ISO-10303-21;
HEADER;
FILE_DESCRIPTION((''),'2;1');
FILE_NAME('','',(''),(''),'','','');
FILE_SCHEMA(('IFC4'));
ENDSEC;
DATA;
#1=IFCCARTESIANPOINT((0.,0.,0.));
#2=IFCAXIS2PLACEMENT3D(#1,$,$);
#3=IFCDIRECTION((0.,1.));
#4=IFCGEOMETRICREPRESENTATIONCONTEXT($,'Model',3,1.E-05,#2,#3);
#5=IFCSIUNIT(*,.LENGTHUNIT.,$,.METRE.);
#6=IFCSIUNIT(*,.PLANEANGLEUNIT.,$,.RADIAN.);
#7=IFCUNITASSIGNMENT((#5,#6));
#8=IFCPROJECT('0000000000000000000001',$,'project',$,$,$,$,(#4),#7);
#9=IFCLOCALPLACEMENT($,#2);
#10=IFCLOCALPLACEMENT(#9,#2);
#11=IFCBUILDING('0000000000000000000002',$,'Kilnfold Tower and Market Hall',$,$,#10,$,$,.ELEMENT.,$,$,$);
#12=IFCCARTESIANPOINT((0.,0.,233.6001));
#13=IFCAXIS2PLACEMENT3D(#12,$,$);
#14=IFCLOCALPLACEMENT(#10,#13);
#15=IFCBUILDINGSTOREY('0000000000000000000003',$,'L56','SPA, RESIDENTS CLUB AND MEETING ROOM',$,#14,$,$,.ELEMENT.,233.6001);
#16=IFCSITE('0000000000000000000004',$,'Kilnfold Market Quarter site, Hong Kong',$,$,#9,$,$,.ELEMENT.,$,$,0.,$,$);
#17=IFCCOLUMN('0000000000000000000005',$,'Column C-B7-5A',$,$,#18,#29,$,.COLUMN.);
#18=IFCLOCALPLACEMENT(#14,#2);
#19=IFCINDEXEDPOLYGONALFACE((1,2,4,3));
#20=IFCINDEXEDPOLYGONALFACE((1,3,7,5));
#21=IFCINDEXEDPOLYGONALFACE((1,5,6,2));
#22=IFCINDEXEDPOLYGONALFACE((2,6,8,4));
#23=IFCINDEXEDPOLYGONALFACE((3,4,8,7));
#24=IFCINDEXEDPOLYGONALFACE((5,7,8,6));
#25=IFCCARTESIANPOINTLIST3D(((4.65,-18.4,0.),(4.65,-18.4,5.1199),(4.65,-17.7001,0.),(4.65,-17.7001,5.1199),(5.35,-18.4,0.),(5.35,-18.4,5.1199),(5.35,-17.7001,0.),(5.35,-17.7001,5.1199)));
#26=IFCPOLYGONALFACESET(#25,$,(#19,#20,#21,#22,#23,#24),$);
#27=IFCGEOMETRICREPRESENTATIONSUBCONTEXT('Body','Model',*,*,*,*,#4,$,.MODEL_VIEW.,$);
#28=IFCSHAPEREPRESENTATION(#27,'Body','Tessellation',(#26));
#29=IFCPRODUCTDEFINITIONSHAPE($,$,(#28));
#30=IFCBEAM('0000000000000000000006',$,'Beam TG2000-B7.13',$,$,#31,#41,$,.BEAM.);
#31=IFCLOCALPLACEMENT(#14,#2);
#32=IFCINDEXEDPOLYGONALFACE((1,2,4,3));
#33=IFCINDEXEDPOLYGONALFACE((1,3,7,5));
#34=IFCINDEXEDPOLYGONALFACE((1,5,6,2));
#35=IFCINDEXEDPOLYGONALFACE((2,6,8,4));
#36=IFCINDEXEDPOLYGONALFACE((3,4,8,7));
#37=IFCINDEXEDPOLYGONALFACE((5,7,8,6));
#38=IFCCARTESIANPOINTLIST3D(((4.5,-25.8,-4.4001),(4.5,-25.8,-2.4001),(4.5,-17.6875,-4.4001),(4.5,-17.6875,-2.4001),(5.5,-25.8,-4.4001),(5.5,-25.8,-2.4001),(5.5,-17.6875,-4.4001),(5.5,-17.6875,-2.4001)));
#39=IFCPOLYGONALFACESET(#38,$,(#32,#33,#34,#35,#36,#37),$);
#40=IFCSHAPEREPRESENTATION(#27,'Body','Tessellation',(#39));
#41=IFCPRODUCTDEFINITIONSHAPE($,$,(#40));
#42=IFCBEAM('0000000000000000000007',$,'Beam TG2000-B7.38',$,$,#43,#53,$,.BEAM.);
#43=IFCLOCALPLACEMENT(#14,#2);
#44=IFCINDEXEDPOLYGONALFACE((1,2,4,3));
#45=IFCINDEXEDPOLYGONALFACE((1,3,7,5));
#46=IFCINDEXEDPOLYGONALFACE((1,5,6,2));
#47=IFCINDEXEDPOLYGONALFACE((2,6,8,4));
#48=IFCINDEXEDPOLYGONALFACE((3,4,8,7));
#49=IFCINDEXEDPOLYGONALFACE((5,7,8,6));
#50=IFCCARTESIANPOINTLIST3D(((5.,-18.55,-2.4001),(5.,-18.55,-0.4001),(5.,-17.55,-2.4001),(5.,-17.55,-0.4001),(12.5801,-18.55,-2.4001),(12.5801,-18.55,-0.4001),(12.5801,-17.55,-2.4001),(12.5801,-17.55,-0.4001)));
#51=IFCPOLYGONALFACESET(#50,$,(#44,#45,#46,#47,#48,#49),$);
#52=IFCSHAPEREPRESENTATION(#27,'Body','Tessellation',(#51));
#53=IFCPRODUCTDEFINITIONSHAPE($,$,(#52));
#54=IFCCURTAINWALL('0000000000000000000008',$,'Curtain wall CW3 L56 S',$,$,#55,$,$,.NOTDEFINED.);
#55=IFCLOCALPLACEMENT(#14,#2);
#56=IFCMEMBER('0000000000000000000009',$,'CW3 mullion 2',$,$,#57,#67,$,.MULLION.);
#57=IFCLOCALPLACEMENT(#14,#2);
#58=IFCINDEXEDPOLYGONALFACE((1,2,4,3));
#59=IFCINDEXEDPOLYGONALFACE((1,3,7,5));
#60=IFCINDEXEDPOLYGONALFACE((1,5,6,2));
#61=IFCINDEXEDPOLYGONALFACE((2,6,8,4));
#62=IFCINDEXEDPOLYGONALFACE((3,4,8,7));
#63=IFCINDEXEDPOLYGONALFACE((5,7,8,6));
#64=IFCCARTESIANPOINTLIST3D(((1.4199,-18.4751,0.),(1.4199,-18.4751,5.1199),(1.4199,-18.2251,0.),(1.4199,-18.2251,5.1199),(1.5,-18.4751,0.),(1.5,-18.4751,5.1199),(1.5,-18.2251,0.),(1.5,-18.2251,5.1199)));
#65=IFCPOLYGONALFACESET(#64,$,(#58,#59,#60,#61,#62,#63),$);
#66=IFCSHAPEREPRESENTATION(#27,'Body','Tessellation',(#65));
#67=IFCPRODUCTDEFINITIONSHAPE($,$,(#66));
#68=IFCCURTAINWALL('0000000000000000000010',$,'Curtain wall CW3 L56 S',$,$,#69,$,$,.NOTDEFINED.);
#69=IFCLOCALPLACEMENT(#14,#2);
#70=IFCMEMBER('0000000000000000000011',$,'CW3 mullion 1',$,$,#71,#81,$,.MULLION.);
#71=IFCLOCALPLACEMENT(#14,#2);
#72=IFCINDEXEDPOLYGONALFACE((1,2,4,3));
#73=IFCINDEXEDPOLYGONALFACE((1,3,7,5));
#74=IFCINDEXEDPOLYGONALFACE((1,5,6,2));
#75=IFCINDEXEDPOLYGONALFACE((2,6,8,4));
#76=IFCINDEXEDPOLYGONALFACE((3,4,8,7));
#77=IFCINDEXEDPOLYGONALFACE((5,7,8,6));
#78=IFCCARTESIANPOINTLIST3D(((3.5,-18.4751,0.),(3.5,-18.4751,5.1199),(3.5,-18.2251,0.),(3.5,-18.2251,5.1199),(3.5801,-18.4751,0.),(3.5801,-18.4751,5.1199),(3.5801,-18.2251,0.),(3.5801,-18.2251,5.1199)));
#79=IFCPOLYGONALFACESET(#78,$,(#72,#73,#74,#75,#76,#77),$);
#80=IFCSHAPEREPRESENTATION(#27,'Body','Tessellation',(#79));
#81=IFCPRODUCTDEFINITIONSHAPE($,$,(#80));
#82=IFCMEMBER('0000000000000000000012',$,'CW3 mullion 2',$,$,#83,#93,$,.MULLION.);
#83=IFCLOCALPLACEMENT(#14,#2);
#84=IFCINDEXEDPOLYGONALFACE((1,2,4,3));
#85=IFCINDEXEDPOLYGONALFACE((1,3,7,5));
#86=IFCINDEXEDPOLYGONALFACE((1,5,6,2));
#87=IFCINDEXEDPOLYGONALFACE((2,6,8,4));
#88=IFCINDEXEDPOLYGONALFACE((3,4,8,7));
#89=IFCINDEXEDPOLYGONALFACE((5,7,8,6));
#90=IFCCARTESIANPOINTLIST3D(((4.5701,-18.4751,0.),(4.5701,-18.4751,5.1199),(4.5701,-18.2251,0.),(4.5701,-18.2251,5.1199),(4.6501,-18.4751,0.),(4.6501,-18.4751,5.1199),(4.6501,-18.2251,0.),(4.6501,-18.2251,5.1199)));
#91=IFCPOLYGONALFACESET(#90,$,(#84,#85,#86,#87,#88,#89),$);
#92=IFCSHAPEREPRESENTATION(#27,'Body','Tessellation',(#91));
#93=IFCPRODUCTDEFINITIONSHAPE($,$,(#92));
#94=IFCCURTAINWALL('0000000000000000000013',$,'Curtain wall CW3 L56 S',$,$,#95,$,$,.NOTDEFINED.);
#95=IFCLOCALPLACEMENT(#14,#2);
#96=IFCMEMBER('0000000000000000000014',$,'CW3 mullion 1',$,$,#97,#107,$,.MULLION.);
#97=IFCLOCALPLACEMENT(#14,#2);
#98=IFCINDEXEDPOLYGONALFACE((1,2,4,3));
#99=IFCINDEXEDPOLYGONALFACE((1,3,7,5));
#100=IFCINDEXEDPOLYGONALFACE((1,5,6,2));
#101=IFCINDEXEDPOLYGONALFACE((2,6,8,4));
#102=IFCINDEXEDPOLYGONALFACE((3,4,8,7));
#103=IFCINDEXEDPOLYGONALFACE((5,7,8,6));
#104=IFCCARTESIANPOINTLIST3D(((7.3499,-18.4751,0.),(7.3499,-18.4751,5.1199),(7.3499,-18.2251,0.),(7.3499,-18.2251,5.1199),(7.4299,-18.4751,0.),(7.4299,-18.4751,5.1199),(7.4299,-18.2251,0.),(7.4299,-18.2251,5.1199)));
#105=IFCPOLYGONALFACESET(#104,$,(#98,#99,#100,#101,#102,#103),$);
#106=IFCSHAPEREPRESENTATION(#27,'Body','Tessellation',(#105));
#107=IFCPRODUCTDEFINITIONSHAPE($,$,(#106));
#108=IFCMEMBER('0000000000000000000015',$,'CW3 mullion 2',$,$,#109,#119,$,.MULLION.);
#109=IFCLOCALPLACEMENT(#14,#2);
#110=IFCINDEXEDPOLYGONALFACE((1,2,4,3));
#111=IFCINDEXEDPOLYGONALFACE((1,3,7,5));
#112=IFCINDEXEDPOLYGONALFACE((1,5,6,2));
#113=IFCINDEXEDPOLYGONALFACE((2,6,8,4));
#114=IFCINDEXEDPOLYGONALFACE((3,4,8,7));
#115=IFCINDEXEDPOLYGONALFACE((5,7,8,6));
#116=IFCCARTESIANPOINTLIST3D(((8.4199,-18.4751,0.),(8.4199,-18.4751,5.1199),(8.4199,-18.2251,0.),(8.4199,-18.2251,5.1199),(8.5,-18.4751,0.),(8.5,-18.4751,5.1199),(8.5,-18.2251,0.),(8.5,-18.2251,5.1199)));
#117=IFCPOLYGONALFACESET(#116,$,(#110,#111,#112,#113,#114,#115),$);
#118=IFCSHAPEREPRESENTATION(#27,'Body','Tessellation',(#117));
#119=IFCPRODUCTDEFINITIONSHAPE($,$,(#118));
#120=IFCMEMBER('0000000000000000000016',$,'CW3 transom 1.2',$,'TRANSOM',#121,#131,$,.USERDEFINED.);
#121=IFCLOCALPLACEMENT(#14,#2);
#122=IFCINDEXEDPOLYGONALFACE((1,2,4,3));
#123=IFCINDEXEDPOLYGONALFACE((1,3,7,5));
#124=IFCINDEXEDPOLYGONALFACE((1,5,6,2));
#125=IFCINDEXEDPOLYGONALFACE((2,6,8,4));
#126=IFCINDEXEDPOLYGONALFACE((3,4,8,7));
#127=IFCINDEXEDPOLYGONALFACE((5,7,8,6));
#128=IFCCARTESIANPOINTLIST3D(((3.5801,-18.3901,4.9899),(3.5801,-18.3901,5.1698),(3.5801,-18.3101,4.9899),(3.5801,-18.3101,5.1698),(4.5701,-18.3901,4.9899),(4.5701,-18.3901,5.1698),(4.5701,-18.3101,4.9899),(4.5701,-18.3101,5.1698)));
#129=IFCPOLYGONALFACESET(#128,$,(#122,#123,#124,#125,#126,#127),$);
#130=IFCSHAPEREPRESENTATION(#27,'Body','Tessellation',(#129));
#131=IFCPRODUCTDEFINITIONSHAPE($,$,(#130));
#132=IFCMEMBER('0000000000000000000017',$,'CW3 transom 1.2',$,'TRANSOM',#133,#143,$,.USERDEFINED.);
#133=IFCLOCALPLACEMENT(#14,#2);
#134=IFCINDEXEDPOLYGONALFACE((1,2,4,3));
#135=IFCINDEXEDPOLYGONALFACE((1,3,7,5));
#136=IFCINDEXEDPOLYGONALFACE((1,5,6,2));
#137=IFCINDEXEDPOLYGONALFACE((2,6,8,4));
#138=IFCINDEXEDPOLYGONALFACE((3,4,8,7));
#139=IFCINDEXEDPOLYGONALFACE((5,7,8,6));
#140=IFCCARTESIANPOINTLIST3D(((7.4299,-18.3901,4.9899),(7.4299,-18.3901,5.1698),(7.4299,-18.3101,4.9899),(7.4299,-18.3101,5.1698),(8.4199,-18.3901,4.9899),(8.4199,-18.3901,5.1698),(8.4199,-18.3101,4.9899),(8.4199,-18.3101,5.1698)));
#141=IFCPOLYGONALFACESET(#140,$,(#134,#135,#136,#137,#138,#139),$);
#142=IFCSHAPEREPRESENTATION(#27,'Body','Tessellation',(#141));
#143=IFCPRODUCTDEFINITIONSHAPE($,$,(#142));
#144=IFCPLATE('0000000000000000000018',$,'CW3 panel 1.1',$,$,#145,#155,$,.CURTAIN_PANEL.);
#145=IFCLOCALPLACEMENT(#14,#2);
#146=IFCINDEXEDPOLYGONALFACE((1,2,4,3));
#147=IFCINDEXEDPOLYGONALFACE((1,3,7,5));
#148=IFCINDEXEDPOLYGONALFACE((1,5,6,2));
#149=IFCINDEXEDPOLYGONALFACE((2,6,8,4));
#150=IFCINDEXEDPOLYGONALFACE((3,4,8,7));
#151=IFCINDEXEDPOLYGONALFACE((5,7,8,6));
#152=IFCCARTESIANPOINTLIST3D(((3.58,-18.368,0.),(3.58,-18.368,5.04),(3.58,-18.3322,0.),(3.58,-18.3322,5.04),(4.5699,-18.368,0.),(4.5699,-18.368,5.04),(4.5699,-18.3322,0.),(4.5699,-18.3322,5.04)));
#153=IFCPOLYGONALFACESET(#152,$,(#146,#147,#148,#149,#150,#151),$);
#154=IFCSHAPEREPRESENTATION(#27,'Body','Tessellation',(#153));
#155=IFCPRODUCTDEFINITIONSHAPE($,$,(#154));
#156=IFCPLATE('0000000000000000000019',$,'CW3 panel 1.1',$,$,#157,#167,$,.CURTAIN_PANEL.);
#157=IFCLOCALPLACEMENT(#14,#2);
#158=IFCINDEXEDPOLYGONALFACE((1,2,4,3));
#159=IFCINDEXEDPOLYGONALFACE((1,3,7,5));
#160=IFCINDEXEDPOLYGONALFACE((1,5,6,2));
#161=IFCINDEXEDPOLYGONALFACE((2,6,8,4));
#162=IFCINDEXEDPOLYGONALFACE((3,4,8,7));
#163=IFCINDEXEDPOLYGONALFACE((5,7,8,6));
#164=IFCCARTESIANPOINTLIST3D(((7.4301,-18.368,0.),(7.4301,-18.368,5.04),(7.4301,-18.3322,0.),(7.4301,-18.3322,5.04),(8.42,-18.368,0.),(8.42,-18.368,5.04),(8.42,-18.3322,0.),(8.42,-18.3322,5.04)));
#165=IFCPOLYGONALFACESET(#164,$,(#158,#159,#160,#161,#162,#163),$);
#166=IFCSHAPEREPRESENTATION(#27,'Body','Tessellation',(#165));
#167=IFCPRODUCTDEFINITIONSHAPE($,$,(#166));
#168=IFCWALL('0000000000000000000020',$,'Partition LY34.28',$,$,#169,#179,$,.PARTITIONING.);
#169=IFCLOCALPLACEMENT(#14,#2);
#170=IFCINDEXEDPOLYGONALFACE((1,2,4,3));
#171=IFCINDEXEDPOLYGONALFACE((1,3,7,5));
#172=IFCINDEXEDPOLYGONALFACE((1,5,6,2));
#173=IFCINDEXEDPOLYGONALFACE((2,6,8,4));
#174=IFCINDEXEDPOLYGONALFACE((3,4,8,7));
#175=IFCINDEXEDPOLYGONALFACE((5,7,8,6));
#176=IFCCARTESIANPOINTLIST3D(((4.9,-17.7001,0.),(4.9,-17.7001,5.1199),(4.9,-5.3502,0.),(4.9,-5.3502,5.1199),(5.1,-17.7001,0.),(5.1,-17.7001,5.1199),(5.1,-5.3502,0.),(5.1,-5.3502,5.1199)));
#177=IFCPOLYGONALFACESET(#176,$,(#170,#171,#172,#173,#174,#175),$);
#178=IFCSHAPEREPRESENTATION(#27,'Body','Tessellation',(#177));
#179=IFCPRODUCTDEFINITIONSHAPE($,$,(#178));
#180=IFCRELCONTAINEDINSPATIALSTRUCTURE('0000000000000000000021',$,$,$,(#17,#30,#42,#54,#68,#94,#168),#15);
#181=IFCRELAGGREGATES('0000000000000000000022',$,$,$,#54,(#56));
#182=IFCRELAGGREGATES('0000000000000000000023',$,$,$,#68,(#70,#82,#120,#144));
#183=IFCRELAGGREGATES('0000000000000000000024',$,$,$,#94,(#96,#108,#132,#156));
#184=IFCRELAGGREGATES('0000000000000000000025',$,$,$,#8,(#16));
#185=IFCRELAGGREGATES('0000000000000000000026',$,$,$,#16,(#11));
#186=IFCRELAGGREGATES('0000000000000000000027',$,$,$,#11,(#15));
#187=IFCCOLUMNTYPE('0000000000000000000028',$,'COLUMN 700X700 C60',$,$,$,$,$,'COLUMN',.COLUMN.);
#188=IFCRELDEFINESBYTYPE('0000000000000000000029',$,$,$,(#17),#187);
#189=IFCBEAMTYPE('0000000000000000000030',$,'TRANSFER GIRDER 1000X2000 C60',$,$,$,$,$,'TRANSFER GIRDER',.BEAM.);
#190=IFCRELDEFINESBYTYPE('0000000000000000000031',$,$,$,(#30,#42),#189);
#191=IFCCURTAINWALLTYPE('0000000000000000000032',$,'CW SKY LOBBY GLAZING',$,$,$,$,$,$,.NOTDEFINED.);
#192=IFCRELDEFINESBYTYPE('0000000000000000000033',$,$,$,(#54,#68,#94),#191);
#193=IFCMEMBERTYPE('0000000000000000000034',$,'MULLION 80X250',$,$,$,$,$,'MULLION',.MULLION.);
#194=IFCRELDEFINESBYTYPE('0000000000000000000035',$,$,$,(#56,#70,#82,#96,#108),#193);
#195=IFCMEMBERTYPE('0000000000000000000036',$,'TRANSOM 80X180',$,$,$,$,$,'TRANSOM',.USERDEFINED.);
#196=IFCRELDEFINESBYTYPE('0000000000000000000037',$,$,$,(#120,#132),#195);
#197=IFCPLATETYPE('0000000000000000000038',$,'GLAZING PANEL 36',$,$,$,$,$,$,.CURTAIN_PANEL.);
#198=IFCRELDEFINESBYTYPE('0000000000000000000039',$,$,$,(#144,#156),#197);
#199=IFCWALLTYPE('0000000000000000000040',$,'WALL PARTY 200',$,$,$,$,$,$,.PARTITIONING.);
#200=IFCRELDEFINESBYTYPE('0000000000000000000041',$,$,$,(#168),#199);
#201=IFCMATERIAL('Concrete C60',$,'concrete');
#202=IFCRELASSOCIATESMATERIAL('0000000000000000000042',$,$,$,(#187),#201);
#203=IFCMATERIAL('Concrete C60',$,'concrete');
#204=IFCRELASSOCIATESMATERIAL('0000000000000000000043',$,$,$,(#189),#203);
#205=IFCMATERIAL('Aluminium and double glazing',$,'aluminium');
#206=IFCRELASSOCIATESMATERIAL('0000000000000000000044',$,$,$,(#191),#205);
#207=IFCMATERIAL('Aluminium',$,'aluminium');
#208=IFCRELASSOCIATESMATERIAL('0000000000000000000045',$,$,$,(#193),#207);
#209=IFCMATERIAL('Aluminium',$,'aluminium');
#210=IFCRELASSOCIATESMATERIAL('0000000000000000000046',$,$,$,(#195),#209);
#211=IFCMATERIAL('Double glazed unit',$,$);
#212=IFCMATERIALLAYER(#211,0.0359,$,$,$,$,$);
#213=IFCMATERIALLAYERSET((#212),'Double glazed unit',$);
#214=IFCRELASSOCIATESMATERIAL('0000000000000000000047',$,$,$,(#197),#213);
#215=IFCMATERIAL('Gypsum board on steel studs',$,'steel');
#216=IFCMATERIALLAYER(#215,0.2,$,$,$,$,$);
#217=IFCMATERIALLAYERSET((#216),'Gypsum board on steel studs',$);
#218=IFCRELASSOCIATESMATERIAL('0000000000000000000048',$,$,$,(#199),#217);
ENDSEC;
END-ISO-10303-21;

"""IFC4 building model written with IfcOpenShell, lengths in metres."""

from ifc_helpers import new_model, si_unit, direction, frame, frame_2d, origin, origin_2d, place, context, subcontext, project, spatial, rectangle, extrude, source, transform, mapped, material, layer, layer_set, material_profile, profile_set, type_object, element, aggregate, save


model = new_model("IFC4")

# Units and contexts
model_context = context("Model", 3, precision=1e-05, world=origin(), true_north=direction((0.0, 1.0)))
body_context = subcontext(model_context, "Body", "Model", "MODEL_VIEW")
ifc_project = project(units=[si_unit("LENGTHUNIT", "METRE"), si_unit("PLANEANGLEUNIT", "RADIAN")], contexts=[model_context])

# Site, building, storey
site_placement = place(None, origin())
site = spatial("IfcSite", under=ifc_project, at=site_placement, Name="Kilnfold Market Quarter site, Hong Kong", CompositionType="ELEMENT", RefElevation=0.0)
building_placement = place(site_placement, origin())
building = spatial("IfcBuilding", under=site, at=building_placement, Name="Kilnfold Tower and Market Hall", CompositionType="ELEMENT")
storey_placement = place(building_placement, frame((0.0, 0.0, 233.6001)))
storey = spatial("IfcBuildingStorey", under=building, at=storey_placement, Name="L56", Description="SPA, RESIDENTS CLUB AND MEETING ROOM", CompositionType="ELEMENT", Elevation=233.6001)

# Column
ifc_material_1 = material(Name="Concrete C60", Category="concrete")
ifc_material_profile_1 = material_profile(ifc_material_1, rectangle(XDim=0.7, YDim=0.7, at=origin_2d()), Name="RC 700x700")
ifc_profile_set_1 = profile_set([ifc_material_profile_1], Name="Concrete C60")
column_type = type_object("IfcColumnType", Name="COLUMN 700X700 C60", ElementType="COLUMN", PredefinedType="COLUMN", material=ifc_profile_set_1)
shared_shape_1 = source(origin(), body_context, "Body", "SweptSolid", [
    extrude(rectangle(XDim=0.7, YDim=0.7, at=origin_2d()), origin(), (0.0, 0.0, 1.0), 5.1199),
])
column_placement = place(storey_placement, frame((5.0, -18.05, 0.0), z_axis=(0.0, 0.0, 1.0), x_axis=(1.0, 0.0, 0.0)))
element("IfcColumn", 1, at=column_placement, inside=storey, type_object=column_type, Name="Column C-B7-5A", PredefinedType="COLUMN", context=body_context, shape_type="MappedRepresentation", body=[
    mapped(shared_shape_1, transform((0.0, 0.0, 0.0))),
])

# Beams
ifc_material_2 = material(Name="Concrete C60", Category="concrete")
ifc_material_profile_2 = material_profile(ifc_material_2, rectangle(XDim=1.0, YDim=2.0, at=origin_2d()), Name="RC 1000x2000")
ifc_profile_set_2 = profile_set([ifc_material_profile_2], Name="Concrete C60")
beam_type = type_object("IfcBeamType", Name="TRANSFER GIRDER 1000X2000 C60", ElementType="TRANSFER GIRDER", PredefinedType="BEAM", material=ifc_profile_set_2)
shared_shape_2 = source(origin(), body_context, "Body", "SweptSolid", [
    extrude(rectangle(XDim=1.0, YDim=2.0, at=origin_2d()), origin(), (0.0, 0.0, 1.0), 8.1125),
])
beam_1_placement = place(storey_placement, frame((5.0, -25.8, -3.4001), z_axis=(0.0, 1.0, 0.0), x_axis=(-1.0, 0.0, 0.0)))
element("IfcBeam", 2, at=beam_1_placement, inside=storey, type_object=beam_type, Name="Beam TG2000-B7.13", PredefinedType="BEAM", context=body_context, shape_type="MappedRepresentation", body=[
    mapped(shared_shape_2, transform((0.0, 0.0, 0.0))),
])
shared_shape_3 = source(origin(), body_context, "Body", "SweptSolid", [
    extrude(rectangle(XDim=1.0, YDim=2.0, at=origin_2d()), origin(), (0.0, 0.0, 1.0), 7.5801),
])
beam_2_placement = place(storey_placement, frame((5.0, -18.05, -1.4001), z_axis=(1.0, 0.0, 0.0), x_axis=(0.0, 1.0, 0.0)))
element("IfcBeam", 3, at=beam_2_placement, inside=storey, type_object=beam_type, Name="Beam TG2000-B7.38", PredefinedType="BEAM", context=body_context, shape_type="MappedRepresentation", body=[
    mapped(shared_shape_3, transform((0.0, 0.0, 0.0))),
])

# Curtain wall, member
ifc_material_3 = material(Name="Aluminium and double glazing", Category="aluminium")
curtain_wall_type = type_object("IfcCurtainWallType", Name="CW SKY LOBBY GLAZING", PredefinedType="NOTDEFINED", material=ifc_material_3)
curtain_wall_1_placement = place(storey_placement, origin())
curtain_wall_1 = element("IfcCurtainWall", 4, at=curtain_wall_1_placement, inside=storey, type_object=curtain_wall_type, Name="Curtain wall CW3 L56 S", PredefinedType="NOTDEFINED")
ifc_material_4 = material(Name="Aluminium", Category="aluminium")
ifc_material_profile_3 = material_profile(ifc_material_4, rectangle(XDim=0.0801, YDim=0.25, at=origin_2d()), Name="MULLION 80x250")
ifc_profile_set_3 = profile_set([ifc_material_profile_3], Name="Aluminium")
member_type_1 = type_object("IfcMemberType", Name="MULLION 80X250", ElementType="MULLION", PredefinedType="MULLION", material=ifc_profile_set_3)
shared_shape_4 = source(origin(), body_context, "Body", "SweptSolid", [
    extrude(rectangle(XDim=0.0801, YDim=0.25, at=origin_2d()), origin(), (0.0, 0.0, 1.0), 5.1199),
])
member_1_placement = place(storey_placement, frame((1.46, -18.3501, 0.0), z_axis=(0.0, 0.0, 1.0), x_axis=(1.0, 0.0, 0.0)))
member_1 = element("IfcMember", 5, at=member_1_placement, type_object=member_type_1, Name="CW3 mullion 2", PredefinedType="MULLION", context=body_context, shape_type="MappedRepresentation", body=[
    mapped(shared_shape_4, transform((0.0, 0.0, 0.0))),
])
aggregate(curtain_wall_1, [member_1])

# Curtain walls, members
curtain_wall_2_placement = place(storey_placement, origin())
curtain_wall_2 = element("IfcCurtainWall", 6, at=curtain_wall_2_placement, inside=storey, type_object=curtain_wall_type, Name="Curtain wall CW3 L56 S", PredefinedType="NOTDEFINED")
member_2_placement = place(storey_placement, frame((3.54, -18.3501, 0.0), z_axis=(0.0, 0.0, 1.0), x_axis=(1.0, 0.0, 0.0)))
member_2 = element("IfcMember", 7, at=member_2_placement, type_object=member_type_1, Name="CW3 mullion 1", PredefinedType="MULLION", context=body_context, shape_type="MappedRepresentation", body=[
    mapped(shared_shape_4, transform((0.0, 0.0, 0.0))),
])
member_3_placement = place(storey_placement, frame((4.6101, -18.3501, 0.0), z_axis=(0.0, 0.0, 1.0), x_axis=(1.0, 0.0, 0.0)))
member_3 = element("IfcMember", 8, at=member_3_placement, type_object=member_type_1, Name="CW3 mullion 2", PredefinedType="MULLION", context=body_context, shape_type="MappedRepresentation", body=[
    mapped(shared_shape_4, transform((0.0, 0.0, 0.0))),
])
curtain_wall_3_placement = place(storey_placement, origin())
curtain_wall_3 = element("IfcCurtainWall", 9, at=curtain_wall_3_placement, inside=storey, type_object=curtain_wall_type, Name="Curtain wall CW3 L56 S", PredefinedType="NOTDEFINED")
member_4_placement = place(storey_placement, frame((7.3899, -18.3501, 0.0), z_axis=(0.0, 0.0, 1.0), x_axis=(1.0, 0.0, 0.0)))
member_4 = element("IfcMember", 10, at=member_4_placement, type_object=member_type_1, Name="CW3 mullion 1", PredefinedType="MULLION", context=body_context, shape_type="MappedRepresentation", body=[
    mapped(shared_shape_4, transform((0.0, 0.0, 0.0))),
])
member_5_placement = place(storey_placement, frame((8.46, -18.3501, 0.0), z_axis=(0.0, 0.0, 1.0), x_axis=(1.0, 0.0, 0.0)))
member_5 = element("IfcMember", 11, at=member_5_placement, type_object=member_type_1, Name="CW3 mullion 2", PredefinedType="MULLION", context=body_context, shape_type="MappedRepresentation", body=[
    mapped(shared_shape_4, transform((0.0, 0.0, 0.0))),
])

# Members
ifc_material_5 = material(Name="Aluminium", Category="aluminium")
ifc_material_profile_4 = material_profile(ifc_material_5, rectangle(XDim=0.0801, YDim=0.1799, at=origin_2d()), Name="TRANSOM 80x180")
ifc_profile_set_4 = profile_set([ifc_material_profile_4], Name="Aluminium")
member_type_2 = type_object("IfcMemberType", Name="TRANSOM 80X180", ElementType="TRANSOM", PredefinedType="USERDEFINED", material=ifc_profile_set_4)
shared_shape_5 = source(origin(), body_context, "Body", "SweptSolid", [
    extrude(rectangle(XDim=0.0801, YDim=0.1799, at=origin_2d()), origin(), (0.0, 0.0, 1.0), 0.99),
])
member_6_placement = place(storey_placement, frame((3.5801, -18.3501, 5.0798), z_axis=(1.0, 0.0, 0.0), x_axis=(0.0, 1.0, 0.0)))
member_6 = element("IfcMember", 12, at=member_6_placement, type_object=member_type_2, Name="CW3 transom 1.2", ObjectType="TRANSOM", PredefinedType="USERDEFINED", context=body_context, shape_type="MappedRepresentation", body=[
    mapped(shared_shape_5, transform((0.0, 0.0, 0.0))),
])
member_7_placement = place(storey_placement, frame((7.4299, -18.3501, 5.0798), z_axis=(1.0, 0.0, 0.0), x_axis=(0.0, 1.0, 0.0)))
member_7 = element("IfcMember", 13, at=member_7_placement, type_object=member_type_2, Name="CW3 transom 1.2", ObjectType="TRANSOM", PredefinedType="USERDEFINED", context=body_context, shape_type="MappedRepresentation", body=[
    mapped(shared_shape_5, transform((0.0, 0.0, 0.0))),
])

# Plates
ifc_material_6 = material(Name="Double glazed unit")
ifc_layer_1 = layer(ifc_material_6, 0.0359)
ifc_layer_set_1 = layer_set([ifc_layer_1], Name="Double glazed unit")
plate_type = type_object("IfcPlateType", Name="GLAZING PANEL 36", PredefinedType="CURTAIN_PANEL", material=ifc_layer_set_1)
shared_shape_6 = source(origin(), body_context, "Body", "SweptSolid", [
    extrude(rectangle(XDim=0.99, YDim=0.0359, at=origin_2d()), origin(), (0.0, 0.0, 1.0), 5.04),
])
plate_1_placement = place(storey_placement, frame((4.075, -18.3501, 0.0), z_axis=(0.0, 0.0, 1.0), x_axis=(1.0, 0.0, 0.0)))
plate_1 = element("IfcPlate", 14, at=plate_1_placement, type_object=plate_type, Name="CW3 panel 1.1", PredefinedType="CURTAIN_PANEL", context=body_context, shape_type="MappedRepresentation", body=[
    mapped(shared_shape_6, transform((0.0, 0.0, 0.0))),
])
aggregate(curtain_wall_2, [member_2, member_3, member_6, plate_1])
plate_2_placement = place(storey_placement, frame((7.925, -18.3501, 0.0), z_axis=(0.0, 0.0, 1.0), x_axis=(1.0, 0.0, 0.0)))
plate_2 = element("IfcPlate", 15, at=plate_2_placement, type_object=plate_type, Name="CW3 panel 1.1", PredefinedType="CURTAIN_PANEL", context=body_context, shape_type="MappedRepresentation", body=[
    mapped(shared_shape_6, transform((0.0, 0.0, 0.0))),
])
aggregate(curtain_wall_3, [member_4, member_5, member_7, plate_2])

# Wall
ifc_material_7 = material(Name="Gypsum board on steel studs", Category="steel")
ifc_layer_2 = layer(ifc_material_7, 0.2)
ifc_layer_set_2 = layer_set([ifc_layer_2], Name="Gypsum board on steel studs")
wall_type_1 = type_object("IfcWallType", Name="WALL PARTY 200", PredefinedType="PARTITIONING", material=ifc_layer_set_2)
wall_1_placement = place(storey_placement, frame((5.0, -17.7, 0.0), z_axis=(0.0, 0.0, 1.0), x_axis=(0.0, 1.0, 0.0)))
element("IfcWall", 16, at=wall_1_placement, inside=storey, type_object=wall_type_1, Name="Partition LY34.28", PredefinedType="PARTITIONING", context=body_context, shape_type="SweptSolid", body=[
    extrude(rectangle(XDim=12.3499, YDim=0.2, at=frame_2d((6.1748, 0.0))), origin(), (0.0, 0.0, 1.0), 5.1199),
])

save(model, "model.ifc")
